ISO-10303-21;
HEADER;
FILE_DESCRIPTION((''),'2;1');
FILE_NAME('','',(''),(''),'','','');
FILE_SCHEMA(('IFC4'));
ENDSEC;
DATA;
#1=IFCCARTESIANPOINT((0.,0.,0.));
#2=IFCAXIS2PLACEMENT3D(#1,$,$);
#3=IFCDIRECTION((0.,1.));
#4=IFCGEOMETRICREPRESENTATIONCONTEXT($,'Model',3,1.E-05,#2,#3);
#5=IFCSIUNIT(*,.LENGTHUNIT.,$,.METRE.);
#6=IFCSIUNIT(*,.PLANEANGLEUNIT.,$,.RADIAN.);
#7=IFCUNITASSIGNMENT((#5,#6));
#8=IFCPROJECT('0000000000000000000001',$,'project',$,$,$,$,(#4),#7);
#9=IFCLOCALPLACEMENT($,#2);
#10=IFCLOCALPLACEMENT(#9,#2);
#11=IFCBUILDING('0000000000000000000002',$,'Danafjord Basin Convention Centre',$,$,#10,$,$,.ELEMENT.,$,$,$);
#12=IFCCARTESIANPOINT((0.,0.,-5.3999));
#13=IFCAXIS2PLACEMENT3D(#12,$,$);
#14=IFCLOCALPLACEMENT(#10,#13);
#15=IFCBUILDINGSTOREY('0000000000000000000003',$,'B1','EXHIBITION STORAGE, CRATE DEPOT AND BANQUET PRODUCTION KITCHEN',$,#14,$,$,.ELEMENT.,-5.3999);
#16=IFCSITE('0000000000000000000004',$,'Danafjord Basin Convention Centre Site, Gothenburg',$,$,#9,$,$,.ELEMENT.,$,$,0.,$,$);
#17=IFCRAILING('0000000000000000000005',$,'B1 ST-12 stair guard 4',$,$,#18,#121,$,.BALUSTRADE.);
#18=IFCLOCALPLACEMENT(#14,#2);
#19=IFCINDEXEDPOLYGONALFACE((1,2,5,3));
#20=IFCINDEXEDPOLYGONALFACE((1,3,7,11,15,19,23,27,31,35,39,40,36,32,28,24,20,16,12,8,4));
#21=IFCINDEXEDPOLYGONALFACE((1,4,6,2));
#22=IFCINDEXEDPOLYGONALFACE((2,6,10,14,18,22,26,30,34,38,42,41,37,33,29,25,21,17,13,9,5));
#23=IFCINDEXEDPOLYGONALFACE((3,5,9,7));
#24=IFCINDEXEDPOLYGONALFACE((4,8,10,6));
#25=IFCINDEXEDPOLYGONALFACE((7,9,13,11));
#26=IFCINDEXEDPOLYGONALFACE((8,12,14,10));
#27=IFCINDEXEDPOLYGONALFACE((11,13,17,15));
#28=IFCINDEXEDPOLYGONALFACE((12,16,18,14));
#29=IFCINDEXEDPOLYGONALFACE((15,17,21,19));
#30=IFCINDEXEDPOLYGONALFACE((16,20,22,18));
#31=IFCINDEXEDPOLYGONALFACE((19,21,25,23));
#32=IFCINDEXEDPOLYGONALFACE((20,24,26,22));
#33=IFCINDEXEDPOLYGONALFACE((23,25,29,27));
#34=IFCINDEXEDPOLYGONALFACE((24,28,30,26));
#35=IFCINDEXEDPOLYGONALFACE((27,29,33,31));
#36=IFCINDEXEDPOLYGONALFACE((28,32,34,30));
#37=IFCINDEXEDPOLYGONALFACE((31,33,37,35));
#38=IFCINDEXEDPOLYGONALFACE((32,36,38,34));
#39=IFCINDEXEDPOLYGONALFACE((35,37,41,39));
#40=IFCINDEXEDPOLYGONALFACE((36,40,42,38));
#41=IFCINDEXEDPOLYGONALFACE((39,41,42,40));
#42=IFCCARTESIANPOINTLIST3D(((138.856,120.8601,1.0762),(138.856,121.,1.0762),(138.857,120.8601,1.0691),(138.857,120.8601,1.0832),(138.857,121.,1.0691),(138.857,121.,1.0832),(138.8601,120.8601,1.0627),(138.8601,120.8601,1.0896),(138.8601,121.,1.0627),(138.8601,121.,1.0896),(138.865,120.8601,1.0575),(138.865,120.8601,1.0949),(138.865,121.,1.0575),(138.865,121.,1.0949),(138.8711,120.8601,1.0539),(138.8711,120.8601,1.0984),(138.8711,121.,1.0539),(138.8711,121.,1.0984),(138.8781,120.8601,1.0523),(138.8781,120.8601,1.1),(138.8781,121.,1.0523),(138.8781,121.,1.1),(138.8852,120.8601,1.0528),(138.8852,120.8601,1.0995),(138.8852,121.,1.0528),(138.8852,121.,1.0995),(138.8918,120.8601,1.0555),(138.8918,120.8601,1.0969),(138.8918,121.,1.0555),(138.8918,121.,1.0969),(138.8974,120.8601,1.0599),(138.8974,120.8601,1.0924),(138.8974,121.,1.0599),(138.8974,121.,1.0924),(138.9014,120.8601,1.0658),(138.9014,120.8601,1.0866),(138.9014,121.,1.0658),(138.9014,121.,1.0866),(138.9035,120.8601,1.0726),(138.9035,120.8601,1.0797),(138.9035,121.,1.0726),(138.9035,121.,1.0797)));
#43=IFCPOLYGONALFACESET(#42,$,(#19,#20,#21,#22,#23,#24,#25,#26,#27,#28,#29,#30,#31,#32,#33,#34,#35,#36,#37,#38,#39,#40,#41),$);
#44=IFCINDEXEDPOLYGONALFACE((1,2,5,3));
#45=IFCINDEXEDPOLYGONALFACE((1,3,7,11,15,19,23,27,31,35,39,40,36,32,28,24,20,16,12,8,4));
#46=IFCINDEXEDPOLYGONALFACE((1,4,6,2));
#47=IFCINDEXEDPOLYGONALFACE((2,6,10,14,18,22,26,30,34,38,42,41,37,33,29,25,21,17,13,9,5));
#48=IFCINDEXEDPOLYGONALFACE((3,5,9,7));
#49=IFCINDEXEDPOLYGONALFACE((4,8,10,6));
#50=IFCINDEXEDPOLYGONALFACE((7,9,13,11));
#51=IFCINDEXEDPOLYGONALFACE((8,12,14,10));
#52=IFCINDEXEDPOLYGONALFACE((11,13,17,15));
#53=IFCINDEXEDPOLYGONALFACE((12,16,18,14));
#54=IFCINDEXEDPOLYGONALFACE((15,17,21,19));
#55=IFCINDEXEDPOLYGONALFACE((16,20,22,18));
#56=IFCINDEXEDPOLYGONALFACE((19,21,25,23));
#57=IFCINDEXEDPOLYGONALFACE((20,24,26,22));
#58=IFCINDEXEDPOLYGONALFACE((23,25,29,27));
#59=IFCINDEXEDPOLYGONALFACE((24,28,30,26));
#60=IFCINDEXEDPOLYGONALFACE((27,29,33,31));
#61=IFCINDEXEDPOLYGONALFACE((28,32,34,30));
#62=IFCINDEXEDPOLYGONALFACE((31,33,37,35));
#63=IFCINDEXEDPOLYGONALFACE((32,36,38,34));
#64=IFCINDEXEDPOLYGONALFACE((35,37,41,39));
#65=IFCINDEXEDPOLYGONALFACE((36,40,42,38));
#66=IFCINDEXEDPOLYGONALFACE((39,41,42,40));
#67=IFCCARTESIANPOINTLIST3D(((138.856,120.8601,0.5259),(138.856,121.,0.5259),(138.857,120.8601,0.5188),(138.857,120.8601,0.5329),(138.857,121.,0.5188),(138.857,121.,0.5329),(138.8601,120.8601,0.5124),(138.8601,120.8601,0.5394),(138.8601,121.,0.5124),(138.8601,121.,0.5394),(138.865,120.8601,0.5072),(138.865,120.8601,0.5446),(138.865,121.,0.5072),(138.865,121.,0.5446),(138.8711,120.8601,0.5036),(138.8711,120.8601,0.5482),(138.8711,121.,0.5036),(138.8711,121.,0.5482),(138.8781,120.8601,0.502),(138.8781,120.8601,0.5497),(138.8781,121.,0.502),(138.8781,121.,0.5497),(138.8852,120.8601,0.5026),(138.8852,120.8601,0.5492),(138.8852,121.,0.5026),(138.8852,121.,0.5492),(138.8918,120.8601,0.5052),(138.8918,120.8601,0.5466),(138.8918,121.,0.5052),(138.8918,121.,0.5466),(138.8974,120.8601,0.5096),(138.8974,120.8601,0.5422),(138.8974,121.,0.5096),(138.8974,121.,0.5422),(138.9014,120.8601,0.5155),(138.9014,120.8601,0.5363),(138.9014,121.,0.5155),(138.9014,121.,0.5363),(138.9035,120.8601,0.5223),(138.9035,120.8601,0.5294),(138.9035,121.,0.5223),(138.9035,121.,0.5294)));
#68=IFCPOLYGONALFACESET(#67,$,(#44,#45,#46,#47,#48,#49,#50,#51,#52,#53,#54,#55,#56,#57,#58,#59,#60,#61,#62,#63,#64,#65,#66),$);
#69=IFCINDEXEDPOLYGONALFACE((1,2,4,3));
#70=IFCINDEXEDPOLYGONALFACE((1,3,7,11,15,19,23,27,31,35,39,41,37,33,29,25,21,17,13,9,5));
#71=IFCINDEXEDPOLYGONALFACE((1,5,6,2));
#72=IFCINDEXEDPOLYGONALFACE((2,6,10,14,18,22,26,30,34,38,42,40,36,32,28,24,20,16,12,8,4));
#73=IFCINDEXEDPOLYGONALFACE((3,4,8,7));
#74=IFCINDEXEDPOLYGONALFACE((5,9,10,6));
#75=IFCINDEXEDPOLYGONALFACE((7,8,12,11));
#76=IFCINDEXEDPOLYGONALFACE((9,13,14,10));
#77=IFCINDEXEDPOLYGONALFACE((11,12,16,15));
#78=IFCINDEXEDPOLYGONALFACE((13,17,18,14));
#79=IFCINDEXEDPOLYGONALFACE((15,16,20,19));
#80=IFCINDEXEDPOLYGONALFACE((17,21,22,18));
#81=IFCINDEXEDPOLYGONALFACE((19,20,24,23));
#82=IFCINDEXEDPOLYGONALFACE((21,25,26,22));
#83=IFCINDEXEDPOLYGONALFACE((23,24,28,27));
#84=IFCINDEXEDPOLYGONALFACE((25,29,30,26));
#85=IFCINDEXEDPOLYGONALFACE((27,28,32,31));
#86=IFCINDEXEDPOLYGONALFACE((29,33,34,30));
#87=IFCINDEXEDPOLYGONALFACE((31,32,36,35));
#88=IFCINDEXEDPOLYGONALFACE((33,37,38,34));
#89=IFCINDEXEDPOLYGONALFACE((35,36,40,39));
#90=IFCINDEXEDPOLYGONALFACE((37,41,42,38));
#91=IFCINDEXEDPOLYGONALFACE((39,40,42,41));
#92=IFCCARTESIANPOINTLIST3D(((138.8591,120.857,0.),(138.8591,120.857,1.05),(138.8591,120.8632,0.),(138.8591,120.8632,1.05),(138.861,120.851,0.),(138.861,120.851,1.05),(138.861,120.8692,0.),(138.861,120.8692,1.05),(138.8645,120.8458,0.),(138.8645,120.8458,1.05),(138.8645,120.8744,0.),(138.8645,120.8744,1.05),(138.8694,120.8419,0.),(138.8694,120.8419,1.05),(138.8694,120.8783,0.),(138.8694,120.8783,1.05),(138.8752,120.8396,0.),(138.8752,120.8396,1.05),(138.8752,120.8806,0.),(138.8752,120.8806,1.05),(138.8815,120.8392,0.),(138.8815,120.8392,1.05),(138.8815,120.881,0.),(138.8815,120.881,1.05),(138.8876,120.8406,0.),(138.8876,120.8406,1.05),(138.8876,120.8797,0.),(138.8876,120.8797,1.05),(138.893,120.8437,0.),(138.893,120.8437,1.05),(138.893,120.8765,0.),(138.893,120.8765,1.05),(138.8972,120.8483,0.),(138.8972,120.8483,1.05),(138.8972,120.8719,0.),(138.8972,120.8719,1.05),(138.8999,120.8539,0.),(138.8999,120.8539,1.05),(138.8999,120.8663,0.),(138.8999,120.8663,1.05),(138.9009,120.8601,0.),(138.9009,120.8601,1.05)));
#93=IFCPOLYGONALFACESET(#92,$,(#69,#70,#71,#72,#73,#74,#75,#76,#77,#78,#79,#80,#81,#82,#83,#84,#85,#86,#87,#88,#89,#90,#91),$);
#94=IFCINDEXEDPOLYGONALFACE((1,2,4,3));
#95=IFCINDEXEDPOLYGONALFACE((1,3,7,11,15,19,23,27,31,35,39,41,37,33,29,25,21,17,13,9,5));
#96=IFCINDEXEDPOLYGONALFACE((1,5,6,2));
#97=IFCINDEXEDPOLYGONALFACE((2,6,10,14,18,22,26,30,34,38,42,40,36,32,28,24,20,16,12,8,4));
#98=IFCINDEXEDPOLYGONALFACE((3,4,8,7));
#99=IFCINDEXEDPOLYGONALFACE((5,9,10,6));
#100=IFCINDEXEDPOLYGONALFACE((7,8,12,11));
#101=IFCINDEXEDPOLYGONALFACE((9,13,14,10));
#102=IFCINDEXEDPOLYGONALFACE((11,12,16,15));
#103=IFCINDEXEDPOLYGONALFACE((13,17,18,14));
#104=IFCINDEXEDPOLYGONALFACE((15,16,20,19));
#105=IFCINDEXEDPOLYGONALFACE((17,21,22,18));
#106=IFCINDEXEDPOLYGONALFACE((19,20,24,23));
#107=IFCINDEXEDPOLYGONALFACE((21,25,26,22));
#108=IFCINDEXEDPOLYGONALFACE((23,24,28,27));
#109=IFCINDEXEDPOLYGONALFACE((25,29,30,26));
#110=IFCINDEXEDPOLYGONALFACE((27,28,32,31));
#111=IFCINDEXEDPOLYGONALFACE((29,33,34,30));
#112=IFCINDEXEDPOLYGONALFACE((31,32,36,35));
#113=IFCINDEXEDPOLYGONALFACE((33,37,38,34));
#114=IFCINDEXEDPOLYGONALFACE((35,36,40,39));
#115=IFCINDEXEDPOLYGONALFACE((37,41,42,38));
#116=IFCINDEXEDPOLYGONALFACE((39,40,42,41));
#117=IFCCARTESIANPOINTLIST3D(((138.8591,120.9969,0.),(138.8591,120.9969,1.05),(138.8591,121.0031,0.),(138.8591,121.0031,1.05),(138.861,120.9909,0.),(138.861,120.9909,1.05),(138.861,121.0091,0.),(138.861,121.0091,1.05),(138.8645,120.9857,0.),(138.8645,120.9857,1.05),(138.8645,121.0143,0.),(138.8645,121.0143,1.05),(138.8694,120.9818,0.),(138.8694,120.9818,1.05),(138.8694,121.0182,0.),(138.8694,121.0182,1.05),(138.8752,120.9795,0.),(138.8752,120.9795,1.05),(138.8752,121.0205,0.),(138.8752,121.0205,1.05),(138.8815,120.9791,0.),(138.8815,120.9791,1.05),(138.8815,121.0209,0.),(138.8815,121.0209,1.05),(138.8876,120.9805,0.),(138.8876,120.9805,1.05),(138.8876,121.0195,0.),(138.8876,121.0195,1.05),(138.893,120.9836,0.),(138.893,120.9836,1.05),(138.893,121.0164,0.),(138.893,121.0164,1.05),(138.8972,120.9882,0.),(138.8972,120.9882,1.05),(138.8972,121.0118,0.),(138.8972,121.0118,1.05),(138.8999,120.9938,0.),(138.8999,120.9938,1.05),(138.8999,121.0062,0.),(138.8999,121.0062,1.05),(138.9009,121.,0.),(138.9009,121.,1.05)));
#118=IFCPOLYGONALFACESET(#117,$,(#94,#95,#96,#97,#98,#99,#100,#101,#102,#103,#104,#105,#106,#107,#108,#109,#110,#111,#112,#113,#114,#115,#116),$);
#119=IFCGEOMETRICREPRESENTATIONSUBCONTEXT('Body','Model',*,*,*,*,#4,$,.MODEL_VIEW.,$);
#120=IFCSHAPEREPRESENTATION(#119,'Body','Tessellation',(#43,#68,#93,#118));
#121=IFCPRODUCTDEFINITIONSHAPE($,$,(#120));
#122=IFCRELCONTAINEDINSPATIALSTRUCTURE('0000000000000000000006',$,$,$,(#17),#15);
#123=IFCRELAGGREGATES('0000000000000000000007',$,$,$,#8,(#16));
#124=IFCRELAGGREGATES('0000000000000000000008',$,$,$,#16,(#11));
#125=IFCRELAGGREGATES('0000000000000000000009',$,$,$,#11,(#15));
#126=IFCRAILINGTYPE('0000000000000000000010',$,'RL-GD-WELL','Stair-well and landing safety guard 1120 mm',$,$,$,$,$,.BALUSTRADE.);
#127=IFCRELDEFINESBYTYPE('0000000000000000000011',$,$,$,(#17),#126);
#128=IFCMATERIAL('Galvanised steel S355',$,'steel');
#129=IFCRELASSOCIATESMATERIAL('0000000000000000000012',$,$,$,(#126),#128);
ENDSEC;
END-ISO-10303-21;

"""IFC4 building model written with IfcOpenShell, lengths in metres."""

from ifc_helpers import new_model, si_unit, direction, frame, origin, origin_2d, place, context, subcontext, project, spatial, circle, extrude, material, type_object, element, save


model = new_model("IFC4")

# Units and contexts
model_context = context("Model", 3, precision=1e-05, world=origin(), true_north=direction((0.0, 1.0)))
body_context = subcontext(model_context, "Body", "Model", "MODEL_VIEW")
ifc_project = project(units=[si_unit("LENGTHUNIT", "METRE"), si_unit("PLANEANGLEUNIT", "RADIAN")], contexts=[model_context])

# Site, building, storey
site_placement = place(None, origin())
site = spatial("IfcSite", under=ifc_project, at=site_placement, Name="Danafjord Basin Convention Centre Site, Gothenburg", CompositionType="ELEMENT", RefElevation=0.0)
building_placement = place(site_placement, origin())
building = spatial("IfcBuilding", under=site, at=building_placement, Name="Danafjord Basin Convention Centre", CompositionType="ELEMENT")
storey_placement = place(building_placement, frame((0.0, 0.0, -5.3999)))
storey = spatial("IfcBuildingStorey", under=building, at=storey_placement, Name="B1", Description="EXHIBITION STORAGE, CRATE DEPOT AND BANQUET PRODUCTION KITCHEN", CompositionType="ELEMENT", Elevation=-5.3999)

# Railing
ifc_material_1 = material(Name="Galvanised steel S355", Category="steel")
railing_type_1 = type_object("IfcRailingType", Name="RL-GD-WELL", Description="Stair-well and landing safety guard 1120 mm", PredefinedType="BALUSTRADE", material=ifc_material_1)
railing_1_placement = place(storey_placement, frame((138.8799, 120.8601, 0.0)))
element("IfcRailing", 1, at=railing_1_placement, inside=storey, type_object=railing_type_1, Name="B1 ST-12 stair guard 4", PredefinedType="BALUSTRADE", context=body_context, shape_type="SweptSolid", body=[
    extrude(circle(Radius=0.0239, at=origin_2d()), frame((0.0, 0.0, 1.0762), z_axis=(0.0, 1.0, 0.0), x_axis=(-1.0, 0.0, 0.0)), (0.0, 0.0, 1.0), 0.1399),
    extrude(circle(Radius=0.0239, at=origin_2d()), frame((0.0, 0.0, 0.5259), z_axis=(0.0, 1.0, 0.0), x_axis=(-1.0, 0.0, 0.0)), (0.0, 0.0, 1.0), 0.1399),
    extrude(circle(Radius=0.021, at=origin_2d()), origin(), (0.0, 0.0, 1.0), 1.05),
    extrude(circle(Radius=0.021, at=origin_2d()), frame((0.0, 0.1399, 0.0)), (0.0, 0.0, 1.0), 1.05),
])

save(model, "model.ifc")
